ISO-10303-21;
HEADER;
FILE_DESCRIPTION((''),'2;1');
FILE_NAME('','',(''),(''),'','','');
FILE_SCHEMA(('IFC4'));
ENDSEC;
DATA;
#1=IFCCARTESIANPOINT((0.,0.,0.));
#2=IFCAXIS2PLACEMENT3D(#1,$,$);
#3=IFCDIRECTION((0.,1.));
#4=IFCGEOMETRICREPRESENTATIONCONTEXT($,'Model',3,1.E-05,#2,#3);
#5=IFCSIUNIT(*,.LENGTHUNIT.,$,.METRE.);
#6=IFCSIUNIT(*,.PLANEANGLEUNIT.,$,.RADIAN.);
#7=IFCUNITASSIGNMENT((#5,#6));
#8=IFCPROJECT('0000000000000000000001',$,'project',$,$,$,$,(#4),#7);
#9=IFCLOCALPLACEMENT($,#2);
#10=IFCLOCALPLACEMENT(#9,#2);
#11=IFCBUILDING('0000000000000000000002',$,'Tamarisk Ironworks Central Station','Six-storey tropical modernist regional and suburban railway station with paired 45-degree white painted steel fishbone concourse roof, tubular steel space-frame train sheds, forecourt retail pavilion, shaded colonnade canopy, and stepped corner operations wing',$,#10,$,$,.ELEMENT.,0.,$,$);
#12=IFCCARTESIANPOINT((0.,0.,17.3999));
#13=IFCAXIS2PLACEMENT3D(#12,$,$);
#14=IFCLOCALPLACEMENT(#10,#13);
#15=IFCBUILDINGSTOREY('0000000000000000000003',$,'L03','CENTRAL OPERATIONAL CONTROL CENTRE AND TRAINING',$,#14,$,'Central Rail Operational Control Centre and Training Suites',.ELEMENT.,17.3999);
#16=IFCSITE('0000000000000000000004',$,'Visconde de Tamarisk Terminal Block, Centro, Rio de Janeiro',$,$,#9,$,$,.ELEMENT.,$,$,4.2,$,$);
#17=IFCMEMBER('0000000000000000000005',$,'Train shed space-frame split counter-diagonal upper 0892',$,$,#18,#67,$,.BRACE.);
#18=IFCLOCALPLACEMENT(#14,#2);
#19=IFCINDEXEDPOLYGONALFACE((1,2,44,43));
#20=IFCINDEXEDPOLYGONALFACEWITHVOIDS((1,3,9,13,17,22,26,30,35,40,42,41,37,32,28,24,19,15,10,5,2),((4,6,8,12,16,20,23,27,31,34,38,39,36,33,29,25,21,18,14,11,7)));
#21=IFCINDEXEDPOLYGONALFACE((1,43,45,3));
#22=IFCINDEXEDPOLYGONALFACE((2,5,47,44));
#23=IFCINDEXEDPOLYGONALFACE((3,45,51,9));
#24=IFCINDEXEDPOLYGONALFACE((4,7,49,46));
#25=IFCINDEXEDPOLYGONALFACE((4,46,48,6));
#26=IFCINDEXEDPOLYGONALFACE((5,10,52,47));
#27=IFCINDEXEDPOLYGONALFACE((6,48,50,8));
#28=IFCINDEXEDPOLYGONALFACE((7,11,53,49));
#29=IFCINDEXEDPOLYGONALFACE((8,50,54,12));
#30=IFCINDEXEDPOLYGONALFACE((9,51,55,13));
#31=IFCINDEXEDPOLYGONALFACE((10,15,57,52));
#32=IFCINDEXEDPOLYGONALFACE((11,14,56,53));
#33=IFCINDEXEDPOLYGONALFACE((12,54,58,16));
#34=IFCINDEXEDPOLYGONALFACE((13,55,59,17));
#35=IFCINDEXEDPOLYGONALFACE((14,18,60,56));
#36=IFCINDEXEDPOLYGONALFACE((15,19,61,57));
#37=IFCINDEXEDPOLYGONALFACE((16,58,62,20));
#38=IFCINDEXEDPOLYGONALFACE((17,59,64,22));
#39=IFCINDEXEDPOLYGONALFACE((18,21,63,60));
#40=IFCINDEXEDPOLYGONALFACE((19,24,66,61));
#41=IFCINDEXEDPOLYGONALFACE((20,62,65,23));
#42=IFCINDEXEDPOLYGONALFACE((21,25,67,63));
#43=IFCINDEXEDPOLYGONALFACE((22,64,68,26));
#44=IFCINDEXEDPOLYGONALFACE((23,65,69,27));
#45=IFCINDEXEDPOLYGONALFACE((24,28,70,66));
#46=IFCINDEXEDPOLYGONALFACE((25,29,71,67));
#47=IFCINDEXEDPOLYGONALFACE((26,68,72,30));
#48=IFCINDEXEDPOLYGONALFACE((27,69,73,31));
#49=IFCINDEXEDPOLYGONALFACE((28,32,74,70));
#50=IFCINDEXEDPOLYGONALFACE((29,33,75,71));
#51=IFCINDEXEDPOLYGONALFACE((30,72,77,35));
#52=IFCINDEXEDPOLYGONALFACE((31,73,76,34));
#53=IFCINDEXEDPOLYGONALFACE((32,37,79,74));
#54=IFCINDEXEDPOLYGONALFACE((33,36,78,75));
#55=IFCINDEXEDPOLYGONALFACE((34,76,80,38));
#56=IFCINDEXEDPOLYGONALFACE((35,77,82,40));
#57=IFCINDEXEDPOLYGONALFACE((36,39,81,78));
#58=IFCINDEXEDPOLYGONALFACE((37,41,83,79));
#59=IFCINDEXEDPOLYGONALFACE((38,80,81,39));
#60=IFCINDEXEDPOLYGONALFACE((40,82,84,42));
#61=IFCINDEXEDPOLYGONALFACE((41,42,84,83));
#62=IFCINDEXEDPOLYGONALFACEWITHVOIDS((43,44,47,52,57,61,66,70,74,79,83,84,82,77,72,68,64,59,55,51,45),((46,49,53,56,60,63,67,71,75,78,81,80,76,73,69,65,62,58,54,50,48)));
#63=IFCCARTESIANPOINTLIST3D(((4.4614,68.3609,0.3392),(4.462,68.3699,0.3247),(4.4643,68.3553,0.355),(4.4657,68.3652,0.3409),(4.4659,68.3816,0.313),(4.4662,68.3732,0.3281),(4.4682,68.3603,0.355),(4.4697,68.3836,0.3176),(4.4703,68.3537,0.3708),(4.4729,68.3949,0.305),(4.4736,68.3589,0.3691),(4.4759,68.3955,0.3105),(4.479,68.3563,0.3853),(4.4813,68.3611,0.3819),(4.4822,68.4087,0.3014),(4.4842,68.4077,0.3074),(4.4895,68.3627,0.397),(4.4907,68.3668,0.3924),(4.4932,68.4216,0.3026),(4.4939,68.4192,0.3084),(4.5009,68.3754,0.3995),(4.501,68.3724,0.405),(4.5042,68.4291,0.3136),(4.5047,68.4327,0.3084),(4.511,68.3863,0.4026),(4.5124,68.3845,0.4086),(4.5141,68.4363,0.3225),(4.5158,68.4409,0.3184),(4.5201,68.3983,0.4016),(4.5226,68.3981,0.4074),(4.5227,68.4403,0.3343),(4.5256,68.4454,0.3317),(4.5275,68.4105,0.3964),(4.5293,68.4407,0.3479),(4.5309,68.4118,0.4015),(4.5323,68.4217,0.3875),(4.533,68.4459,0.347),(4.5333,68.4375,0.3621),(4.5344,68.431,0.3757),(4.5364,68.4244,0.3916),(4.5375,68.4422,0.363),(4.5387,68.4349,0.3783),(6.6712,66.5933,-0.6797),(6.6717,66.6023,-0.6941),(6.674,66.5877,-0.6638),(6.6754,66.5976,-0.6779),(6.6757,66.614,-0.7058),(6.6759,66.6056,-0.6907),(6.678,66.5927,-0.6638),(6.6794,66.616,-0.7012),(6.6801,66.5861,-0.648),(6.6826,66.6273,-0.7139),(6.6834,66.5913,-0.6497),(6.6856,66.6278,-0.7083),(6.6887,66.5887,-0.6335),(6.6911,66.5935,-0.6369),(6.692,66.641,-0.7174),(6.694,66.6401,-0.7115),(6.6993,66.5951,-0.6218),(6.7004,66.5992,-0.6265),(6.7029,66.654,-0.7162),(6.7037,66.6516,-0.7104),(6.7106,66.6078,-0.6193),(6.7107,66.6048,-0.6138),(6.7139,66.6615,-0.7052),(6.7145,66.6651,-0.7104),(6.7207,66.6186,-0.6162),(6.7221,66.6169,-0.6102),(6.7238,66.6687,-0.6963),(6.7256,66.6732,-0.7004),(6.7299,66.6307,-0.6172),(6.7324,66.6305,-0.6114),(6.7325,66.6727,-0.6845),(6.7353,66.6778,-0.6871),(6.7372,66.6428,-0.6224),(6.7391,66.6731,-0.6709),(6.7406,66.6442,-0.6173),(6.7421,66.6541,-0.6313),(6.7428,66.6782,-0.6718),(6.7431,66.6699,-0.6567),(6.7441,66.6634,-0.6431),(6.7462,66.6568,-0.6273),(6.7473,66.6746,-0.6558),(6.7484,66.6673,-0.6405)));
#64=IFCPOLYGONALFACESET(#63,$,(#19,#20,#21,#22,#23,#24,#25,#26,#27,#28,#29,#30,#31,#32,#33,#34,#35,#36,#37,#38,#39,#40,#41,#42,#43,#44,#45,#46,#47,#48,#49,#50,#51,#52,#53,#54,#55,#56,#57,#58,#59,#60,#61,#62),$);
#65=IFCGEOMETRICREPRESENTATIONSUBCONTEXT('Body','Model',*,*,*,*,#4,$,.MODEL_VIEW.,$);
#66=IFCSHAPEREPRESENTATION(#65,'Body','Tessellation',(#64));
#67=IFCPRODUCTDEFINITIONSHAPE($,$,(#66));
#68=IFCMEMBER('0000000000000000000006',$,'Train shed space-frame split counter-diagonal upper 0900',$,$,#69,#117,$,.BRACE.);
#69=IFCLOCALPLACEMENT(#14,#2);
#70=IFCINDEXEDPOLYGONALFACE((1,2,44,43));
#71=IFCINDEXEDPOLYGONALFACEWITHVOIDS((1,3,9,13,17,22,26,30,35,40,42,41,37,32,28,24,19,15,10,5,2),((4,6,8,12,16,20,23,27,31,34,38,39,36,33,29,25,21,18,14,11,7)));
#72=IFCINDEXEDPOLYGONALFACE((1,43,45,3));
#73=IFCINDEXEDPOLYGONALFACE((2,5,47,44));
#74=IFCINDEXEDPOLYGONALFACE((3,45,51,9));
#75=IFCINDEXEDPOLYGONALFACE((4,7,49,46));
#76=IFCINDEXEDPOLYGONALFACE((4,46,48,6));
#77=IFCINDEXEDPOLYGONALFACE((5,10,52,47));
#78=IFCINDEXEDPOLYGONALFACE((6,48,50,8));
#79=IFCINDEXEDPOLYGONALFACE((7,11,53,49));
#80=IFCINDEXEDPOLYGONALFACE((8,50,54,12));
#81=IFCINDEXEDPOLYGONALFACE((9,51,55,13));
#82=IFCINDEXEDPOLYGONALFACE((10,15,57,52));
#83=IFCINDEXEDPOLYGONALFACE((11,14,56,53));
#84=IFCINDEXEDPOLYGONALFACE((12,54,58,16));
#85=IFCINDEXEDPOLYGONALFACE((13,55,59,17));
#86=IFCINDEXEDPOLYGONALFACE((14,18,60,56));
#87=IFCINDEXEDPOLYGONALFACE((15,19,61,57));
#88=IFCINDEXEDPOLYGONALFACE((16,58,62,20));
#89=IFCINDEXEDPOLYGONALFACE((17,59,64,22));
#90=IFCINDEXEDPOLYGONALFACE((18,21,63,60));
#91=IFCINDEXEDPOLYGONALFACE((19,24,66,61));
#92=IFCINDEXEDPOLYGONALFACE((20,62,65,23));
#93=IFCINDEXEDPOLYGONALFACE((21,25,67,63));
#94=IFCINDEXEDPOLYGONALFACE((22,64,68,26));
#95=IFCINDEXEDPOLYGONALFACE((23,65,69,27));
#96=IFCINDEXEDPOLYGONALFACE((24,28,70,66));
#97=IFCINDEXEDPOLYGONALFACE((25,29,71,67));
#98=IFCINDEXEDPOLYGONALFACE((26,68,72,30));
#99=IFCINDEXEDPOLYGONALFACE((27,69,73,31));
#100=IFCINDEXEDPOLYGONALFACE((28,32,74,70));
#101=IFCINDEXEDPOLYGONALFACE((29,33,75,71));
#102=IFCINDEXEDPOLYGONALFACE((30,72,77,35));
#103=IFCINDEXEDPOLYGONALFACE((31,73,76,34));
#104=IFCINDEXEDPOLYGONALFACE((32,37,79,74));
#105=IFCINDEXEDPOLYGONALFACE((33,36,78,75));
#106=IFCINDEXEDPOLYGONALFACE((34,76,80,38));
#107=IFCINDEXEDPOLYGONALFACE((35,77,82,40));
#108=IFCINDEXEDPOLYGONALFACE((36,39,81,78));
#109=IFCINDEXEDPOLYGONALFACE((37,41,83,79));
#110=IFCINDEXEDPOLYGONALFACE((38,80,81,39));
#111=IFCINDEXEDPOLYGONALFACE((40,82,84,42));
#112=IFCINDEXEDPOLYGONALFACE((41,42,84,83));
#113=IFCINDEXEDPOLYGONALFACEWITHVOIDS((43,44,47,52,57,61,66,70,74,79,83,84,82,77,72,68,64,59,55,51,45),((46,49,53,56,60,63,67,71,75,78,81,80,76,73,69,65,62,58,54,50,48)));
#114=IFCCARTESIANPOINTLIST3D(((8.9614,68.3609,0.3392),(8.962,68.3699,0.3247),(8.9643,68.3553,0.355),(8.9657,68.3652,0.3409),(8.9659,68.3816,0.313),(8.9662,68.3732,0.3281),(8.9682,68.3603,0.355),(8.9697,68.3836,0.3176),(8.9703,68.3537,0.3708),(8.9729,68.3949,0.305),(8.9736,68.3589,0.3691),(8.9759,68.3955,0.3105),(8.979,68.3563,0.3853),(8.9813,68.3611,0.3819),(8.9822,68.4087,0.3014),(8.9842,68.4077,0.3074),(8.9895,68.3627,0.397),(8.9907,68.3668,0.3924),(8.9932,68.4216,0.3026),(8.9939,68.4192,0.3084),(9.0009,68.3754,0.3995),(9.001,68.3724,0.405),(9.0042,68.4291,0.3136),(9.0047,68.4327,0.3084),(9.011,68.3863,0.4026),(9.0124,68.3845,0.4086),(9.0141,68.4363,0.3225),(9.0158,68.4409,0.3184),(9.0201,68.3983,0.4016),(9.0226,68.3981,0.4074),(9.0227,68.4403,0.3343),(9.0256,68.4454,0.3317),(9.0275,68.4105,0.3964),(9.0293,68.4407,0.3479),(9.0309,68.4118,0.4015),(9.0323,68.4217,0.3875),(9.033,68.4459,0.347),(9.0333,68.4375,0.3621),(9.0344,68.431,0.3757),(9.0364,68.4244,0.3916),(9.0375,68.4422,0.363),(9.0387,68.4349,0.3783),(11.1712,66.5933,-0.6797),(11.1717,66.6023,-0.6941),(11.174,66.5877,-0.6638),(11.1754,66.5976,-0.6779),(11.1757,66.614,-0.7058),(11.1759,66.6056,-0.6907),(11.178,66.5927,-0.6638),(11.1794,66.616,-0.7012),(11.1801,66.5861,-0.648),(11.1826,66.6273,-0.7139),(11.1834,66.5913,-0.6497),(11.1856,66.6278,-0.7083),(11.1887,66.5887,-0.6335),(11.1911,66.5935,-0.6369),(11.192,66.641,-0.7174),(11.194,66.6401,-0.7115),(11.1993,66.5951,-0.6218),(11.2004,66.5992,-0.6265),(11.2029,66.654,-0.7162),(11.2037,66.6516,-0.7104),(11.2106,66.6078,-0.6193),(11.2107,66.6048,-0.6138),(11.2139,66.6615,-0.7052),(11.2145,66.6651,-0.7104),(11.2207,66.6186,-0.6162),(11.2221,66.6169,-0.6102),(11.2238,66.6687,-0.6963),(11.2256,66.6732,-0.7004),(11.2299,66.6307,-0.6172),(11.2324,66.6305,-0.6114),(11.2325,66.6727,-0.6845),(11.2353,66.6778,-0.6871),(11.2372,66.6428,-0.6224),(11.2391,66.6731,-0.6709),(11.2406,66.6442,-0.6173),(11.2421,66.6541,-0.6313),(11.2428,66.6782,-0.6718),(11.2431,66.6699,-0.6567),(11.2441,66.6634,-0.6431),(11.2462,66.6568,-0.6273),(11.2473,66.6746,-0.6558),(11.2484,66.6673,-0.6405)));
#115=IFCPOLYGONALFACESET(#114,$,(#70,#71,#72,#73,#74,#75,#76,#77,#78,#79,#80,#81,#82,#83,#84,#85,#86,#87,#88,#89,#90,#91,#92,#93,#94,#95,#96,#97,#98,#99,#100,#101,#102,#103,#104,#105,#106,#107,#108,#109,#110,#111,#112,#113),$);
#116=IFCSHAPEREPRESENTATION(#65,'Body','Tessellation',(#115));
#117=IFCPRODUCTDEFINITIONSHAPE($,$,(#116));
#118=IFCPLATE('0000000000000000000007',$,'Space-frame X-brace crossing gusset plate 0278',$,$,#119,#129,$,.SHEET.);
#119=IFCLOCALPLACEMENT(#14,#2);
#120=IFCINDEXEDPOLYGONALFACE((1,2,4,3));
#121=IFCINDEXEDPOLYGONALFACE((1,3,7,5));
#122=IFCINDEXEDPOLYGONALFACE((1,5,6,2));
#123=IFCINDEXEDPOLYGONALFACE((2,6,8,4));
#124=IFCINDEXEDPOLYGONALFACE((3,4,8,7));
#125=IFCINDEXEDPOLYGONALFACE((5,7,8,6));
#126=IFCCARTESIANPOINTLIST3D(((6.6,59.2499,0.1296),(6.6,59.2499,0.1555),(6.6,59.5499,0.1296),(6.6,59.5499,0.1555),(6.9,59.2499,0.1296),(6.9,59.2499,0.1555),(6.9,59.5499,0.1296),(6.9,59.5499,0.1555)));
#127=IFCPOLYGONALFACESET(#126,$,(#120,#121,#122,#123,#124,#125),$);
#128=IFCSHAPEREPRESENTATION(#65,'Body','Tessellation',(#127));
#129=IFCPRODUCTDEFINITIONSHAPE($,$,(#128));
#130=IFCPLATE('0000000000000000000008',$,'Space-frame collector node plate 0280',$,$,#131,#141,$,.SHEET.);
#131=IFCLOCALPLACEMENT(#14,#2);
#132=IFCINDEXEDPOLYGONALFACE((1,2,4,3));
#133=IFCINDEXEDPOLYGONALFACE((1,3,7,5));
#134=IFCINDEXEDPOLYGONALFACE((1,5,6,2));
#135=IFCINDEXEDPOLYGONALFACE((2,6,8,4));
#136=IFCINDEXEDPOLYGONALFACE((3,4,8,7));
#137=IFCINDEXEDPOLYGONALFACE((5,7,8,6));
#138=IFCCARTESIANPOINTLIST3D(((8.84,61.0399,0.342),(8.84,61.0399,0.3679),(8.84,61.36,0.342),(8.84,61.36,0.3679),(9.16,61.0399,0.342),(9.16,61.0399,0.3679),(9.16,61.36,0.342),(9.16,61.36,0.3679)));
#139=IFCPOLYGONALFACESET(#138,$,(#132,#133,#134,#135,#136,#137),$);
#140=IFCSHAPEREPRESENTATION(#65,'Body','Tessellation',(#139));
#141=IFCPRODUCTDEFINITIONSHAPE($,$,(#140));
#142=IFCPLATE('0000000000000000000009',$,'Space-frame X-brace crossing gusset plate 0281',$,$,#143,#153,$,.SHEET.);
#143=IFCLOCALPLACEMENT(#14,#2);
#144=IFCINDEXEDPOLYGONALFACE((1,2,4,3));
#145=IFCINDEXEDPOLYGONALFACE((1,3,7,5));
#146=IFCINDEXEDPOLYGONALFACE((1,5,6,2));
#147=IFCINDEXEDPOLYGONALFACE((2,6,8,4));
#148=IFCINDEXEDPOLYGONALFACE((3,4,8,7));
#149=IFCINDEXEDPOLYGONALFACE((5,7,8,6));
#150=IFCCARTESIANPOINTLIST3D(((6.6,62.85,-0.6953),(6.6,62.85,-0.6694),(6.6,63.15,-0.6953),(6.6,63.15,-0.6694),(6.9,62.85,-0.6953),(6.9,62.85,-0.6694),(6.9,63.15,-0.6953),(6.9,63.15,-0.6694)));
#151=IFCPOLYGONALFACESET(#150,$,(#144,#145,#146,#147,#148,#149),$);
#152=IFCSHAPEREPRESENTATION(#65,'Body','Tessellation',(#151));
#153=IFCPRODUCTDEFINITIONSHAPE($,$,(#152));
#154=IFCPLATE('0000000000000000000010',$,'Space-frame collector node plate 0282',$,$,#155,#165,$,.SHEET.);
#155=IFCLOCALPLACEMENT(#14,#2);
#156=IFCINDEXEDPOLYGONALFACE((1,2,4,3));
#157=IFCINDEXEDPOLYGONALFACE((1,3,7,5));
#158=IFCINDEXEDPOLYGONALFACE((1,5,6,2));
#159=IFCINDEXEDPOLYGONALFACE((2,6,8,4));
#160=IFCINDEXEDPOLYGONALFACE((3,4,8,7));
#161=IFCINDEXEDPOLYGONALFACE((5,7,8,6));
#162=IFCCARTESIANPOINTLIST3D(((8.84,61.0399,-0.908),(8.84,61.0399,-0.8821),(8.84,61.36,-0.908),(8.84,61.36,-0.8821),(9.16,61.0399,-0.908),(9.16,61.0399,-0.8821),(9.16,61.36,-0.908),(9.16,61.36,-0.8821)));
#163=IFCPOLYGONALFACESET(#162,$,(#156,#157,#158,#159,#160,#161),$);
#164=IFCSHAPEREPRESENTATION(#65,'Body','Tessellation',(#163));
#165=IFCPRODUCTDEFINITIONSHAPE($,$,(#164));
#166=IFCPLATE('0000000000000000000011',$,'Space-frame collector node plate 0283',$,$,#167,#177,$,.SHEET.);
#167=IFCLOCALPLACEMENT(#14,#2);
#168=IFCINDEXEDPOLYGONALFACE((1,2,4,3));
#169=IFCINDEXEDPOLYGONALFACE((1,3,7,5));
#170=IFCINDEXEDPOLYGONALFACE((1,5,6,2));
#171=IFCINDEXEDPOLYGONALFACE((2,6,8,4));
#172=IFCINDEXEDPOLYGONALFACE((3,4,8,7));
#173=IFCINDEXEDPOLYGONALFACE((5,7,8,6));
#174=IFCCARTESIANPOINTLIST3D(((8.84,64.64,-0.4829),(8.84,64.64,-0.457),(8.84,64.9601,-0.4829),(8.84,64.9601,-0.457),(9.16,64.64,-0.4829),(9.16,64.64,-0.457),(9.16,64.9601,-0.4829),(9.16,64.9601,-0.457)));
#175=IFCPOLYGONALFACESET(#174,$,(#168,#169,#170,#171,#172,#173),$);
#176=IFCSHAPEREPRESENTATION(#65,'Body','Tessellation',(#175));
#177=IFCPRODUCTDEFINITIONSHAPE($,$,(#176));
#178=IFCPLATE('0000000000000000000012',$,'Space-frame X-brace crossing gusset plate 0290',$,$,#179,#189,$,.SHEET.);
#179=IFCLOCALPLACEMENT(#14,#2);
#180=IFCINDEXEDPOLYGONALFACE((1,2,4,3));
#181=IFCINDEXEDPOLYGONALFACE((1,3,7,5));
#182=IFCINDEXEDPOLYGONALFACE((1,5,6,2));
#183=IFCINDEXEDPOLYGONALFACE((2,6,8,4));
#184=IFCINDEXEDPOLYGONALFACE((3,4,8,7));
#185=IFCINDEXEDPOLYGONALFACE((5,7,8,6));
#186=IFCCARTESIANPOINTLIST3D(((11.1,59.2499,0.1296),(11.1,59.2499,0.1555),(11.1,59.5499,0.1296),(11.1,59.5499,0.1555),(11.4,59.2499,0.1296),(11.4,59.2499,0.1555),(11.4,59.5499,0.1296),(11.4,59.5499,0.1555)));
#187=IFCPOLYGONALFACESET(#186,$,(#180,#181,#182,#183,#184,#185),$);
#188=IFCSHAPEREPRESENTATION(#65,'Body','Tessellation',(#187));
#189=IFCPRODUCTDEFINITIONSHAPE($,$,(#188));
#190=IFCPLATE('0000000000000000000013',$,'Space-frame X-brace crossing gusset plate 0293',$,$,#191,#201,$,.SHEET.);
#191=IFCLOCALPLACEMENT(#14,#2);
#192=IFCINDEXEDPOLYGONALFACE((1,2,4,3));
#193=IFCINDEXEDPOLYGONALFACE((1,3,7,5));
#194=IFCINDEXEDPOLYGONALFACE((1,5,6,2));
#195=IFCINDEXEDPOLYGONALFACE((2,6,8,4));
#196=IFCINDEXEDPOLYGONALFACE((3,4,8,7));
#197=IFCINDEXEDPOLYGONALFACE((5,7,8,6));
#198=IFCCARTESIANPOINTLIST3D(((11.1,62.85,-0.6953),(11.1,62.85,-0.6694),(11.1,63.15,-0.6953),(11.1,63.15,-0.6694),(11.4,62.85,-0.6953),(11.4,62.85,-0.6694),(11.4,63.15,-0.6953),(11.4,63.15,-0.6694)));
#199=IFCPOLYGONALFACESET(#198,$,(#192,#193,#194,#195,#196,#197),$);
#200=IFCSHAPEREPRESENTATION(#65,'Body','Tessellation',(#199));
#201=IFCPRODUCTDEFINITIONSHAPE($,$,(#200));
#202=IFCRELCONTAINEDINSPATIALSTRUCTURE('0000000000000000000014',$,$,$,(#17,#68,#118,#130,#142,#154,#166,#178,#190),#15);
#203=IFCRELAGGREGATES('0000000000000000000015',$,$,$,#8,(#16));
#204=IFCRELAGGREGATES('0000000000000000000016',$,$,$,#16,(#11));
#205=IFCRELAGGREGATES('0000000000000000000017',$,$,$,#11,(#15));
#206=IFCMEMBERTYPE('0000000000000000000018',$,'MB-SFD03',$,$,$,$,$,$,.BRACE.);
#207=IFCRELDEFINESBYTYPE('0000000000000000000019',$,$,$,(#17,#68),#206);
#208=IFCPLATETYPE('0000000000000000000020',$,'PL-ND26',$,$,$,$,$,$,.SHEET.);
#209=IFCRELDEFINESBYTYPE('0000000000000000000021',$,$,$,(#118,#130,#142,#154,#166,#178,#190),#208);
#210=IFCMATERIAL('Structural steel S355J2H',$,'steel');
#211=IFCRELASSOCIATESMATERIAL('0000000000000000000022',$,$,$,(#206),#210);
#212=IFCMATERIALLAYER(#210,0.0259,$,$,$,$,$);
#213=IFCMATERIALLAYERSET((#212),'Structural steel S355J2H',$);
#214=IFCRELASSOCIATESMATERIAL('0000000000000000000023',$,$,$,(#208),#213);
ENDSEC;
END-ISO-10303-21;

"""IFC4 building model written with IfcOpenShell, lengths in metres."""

from ifc_helpers import new_model, si_unit, direction, frame, origin, origin_2d, place, context, subcontext, project, spatial, rectangle, hollow_circle, extrude, material, layer, layer_set, material_profile, profile_set, type_object, element, save


model = new_model("IFC4")

# Units and contexts
model_context = context("Model", 3, precision=1e-05, world=origin(), true_north=direction((0.0, 1.0)))
body_context = subcontext(model_context, "Body", "Model", "MODEL_VIEW")
ifc_project = project(units=[si_unit("LENGTHUNIT", "METRE"), si_unit("PLANEANGLEUNIT", "RADIAN")], contexts=[model_context])

# Site, building, storey
site_placement = place(None, origin())
site = spatial("IfcSite", under=ifc_project, at=site_placement, Name="Visconde de Tamarisk Terminal Block, Centro, Rio de Janeiro", CompositionType="ELEMENT", RefElevation=4.2)
building_placement = place(site_placement, origin())
building = spatial("IfcBuilding", under=site, at=building_placement, Name="Tamarisk Ironworks Central Station", Description="Six-storey tropical modernist regional and suburban railway station with paired 45-degree white painted steel fishbone concourse roof, tubular steel space-frame train sheds, forecourt retail pavilion, shaded colonnade canopy, and stepped corner operations wing", CompositionType="ELEMENT", ElevationOfRefHeight=0.0)
storey_placement = place(building_placement, frame((0.0, 0.0, 17.3999)))
storey = spatial("IfcBuildingStorey", under=building, at=storey_placement, Name="L03", Description="CENTRAL OPERATIONAL CONTROL CENTRE AND TRAINING", LongName="Central Rail Operational Control Centre and Training Suites", CompositionType="ELEMENT", Elevation=17.3999)

# Members
ifc_material_1 = material(Name="Structural steel S355J2H", Category="steel")
ifc_material_profile_1 = material_profile(ifc_material_1, hollow_circle(Radius=0.0571, WallThickness=0.0063, at=origin_2d()), Name="CHS 114.3x6.3")
ifc_profile_set_1 = profile_set([ifc_material_profile_1], Name="Structural steel S355J2H")
member_type_1 = type_object("IfcMemberType", Name="MB-SFD03", PredefinedType="BRACE", material=ifc_profile_set_1)
for number, where, z_axis, x_axis, name in (
    (1, (6.7097, 66.6323, -0.6638), (-0.734732, 0.587721, 0.338751), (-0.624653, -0.780902, 0.0), "Train shed space-frame split counter-diagonal upper 0892"),
    (2, (11.2097, 66.6323, -0.6638), (-0.734732, 0.587721, 0.338751), (-0.624653, -0.780902, 0.0), "Train shed space-frame split counter-diagonal upper 0900"),
):
    element("IfcMember", number, at=place(storey_placement, frame(where, z_axis=z_axis, x_axis=x_axis)), inside=storey, type_object=member_type_1, Name=name, PredefinedType="BRACE", context=body_context, shape_type="SweptSolid", body=[
        extrude(hollow_circle(Radius=0.0571, WallThickness=0.0063, at=origin_2d()), origin(), (0.0, 0.0, 1.0), 3.0076),
    ])

# Plates
ifc_layer = layer(ifc_material_1, 0.0259)
ifc_layer_set = layer_set([ifc_layer], Name="Structural steel S355J2H")
plate_type = type_object("IfcPlateType", Name="PL-ND26", PredefinedType="SHEET", material=ifc_layer_set)
plate_1_placement = place(storey_placement, frame((6.75, 59.3999, 0.1296), z_axis=(0.0, 0.0, 1.0), x_axis=(1.0, 0.0, 0.0)))
element("IfcPlate", 3, at=plate_1_placement, inside=storey, type_object=plate_type, Name="Space-frame X-brace crossing gusset plate 0278", PredefinedType="SHEET", context=body_context, shape_type="SweptSolid", body=[
    extrude(rectangle(XDim=0.3, YDim=0.3, at=origin_2d()), origin(), (0.0, 0.0, 1.0), 0.0259),
])
plate_2_placement = place(storey_placement, frame((9.0, 61.2, 0.342), z_axis=(0.0, 0.0, 1.0), x_axis=(1.0, 0.0, 0.0)))
element("IfcPlate", 4, at=plate_2_placement, inside=storey, type_object=plate_type, Name="Space-frame collector node plate 0280", PredefinedType="SHEET", context=body_context, shape_type="SweptSolid", body=[
    extrude(rectangle(XDim=0.3201, YDim=0.3201, at=origin_2d()), origin(), (0.0, 0.0, 1.0), 0.0259),
])
plate_3_placement = place(storey_placement, frame((6.75, 63.0, -0.6953), z_axis=(0.0, 0.0, 1.0), x_axis=(1.0, 0.0, 0.0)))
element("IfcPlate", 5, at=plate_3_placement, inside=storey, type_object=plate_type, Name="Space-frame X-brace crossing gusset plate 0281", PredefinedType="SHEET", context=body_context, shape_type="SweptSolid", body=[
    extrude(rectangle(XDim=0.3, YDim=0.3, at=origin_2d()), origin(), (0.0, 0.0, 1.0), 0.0259),
])
for number, where, z_axis, x_axis, name in (
    (6, (9.0, 61.2, -0.908), (0.0, 0.0, 1.0), (1.0, 0.0, 0.0), "Space-frame collector node plate 0282"),
    (7, (9.0, 64.8, -0.4829), (0.0, 0.0, 1.0), (1.0, 0.0, 0.0), "Space-frame collector node plate 0283"),
):
    element("IfcPlate", number, at=place(storey_placement, frame(where, z_axis=z_axis, x_axis=x_axis)), inside=storey, type_object=plate_type, Name=name, PredefinedType="SHEET", context=body_context, shape_type="SweptSolid", body=[
        extrude(rectangle(XDim=0.3201, YDim=0.3201, at=origin_2d()), origin(), (0.0, 0.0, 1.0), 0.0259),
    ])
for number, where, z_axis, x_axis, name in (
    (8, (11.25, 59.3999, 0.1296), (0.0, 0.0, 1.0), (1.0, 0.0, 0.0), "Space-frame X-brace crossing gusset plate 0290"),
    (9, (11.25, 63.0, -0.6953), (0.0, 0.0, 1.0), (1.0, 0.0, 0.0), "Space-frame X-brace crossing gusset plate 0293"),
):
    element("IfcPlate", number, at=place(storey_placement, frame(where, z_axis=z_axis, x_axis=x_axis)), inside=storey, type_object=plate_type, Name=name, PredefinedType="SHEET", context=body_context, shape_type="SweptSolid", body=[
        extrude(rectangle(XDim=0.3, YDim=0.3, at=origin_2d()), origin(), (0.0, 0.0, 1.0), 0.0259),
    ])

save(model, "model.ifc")
